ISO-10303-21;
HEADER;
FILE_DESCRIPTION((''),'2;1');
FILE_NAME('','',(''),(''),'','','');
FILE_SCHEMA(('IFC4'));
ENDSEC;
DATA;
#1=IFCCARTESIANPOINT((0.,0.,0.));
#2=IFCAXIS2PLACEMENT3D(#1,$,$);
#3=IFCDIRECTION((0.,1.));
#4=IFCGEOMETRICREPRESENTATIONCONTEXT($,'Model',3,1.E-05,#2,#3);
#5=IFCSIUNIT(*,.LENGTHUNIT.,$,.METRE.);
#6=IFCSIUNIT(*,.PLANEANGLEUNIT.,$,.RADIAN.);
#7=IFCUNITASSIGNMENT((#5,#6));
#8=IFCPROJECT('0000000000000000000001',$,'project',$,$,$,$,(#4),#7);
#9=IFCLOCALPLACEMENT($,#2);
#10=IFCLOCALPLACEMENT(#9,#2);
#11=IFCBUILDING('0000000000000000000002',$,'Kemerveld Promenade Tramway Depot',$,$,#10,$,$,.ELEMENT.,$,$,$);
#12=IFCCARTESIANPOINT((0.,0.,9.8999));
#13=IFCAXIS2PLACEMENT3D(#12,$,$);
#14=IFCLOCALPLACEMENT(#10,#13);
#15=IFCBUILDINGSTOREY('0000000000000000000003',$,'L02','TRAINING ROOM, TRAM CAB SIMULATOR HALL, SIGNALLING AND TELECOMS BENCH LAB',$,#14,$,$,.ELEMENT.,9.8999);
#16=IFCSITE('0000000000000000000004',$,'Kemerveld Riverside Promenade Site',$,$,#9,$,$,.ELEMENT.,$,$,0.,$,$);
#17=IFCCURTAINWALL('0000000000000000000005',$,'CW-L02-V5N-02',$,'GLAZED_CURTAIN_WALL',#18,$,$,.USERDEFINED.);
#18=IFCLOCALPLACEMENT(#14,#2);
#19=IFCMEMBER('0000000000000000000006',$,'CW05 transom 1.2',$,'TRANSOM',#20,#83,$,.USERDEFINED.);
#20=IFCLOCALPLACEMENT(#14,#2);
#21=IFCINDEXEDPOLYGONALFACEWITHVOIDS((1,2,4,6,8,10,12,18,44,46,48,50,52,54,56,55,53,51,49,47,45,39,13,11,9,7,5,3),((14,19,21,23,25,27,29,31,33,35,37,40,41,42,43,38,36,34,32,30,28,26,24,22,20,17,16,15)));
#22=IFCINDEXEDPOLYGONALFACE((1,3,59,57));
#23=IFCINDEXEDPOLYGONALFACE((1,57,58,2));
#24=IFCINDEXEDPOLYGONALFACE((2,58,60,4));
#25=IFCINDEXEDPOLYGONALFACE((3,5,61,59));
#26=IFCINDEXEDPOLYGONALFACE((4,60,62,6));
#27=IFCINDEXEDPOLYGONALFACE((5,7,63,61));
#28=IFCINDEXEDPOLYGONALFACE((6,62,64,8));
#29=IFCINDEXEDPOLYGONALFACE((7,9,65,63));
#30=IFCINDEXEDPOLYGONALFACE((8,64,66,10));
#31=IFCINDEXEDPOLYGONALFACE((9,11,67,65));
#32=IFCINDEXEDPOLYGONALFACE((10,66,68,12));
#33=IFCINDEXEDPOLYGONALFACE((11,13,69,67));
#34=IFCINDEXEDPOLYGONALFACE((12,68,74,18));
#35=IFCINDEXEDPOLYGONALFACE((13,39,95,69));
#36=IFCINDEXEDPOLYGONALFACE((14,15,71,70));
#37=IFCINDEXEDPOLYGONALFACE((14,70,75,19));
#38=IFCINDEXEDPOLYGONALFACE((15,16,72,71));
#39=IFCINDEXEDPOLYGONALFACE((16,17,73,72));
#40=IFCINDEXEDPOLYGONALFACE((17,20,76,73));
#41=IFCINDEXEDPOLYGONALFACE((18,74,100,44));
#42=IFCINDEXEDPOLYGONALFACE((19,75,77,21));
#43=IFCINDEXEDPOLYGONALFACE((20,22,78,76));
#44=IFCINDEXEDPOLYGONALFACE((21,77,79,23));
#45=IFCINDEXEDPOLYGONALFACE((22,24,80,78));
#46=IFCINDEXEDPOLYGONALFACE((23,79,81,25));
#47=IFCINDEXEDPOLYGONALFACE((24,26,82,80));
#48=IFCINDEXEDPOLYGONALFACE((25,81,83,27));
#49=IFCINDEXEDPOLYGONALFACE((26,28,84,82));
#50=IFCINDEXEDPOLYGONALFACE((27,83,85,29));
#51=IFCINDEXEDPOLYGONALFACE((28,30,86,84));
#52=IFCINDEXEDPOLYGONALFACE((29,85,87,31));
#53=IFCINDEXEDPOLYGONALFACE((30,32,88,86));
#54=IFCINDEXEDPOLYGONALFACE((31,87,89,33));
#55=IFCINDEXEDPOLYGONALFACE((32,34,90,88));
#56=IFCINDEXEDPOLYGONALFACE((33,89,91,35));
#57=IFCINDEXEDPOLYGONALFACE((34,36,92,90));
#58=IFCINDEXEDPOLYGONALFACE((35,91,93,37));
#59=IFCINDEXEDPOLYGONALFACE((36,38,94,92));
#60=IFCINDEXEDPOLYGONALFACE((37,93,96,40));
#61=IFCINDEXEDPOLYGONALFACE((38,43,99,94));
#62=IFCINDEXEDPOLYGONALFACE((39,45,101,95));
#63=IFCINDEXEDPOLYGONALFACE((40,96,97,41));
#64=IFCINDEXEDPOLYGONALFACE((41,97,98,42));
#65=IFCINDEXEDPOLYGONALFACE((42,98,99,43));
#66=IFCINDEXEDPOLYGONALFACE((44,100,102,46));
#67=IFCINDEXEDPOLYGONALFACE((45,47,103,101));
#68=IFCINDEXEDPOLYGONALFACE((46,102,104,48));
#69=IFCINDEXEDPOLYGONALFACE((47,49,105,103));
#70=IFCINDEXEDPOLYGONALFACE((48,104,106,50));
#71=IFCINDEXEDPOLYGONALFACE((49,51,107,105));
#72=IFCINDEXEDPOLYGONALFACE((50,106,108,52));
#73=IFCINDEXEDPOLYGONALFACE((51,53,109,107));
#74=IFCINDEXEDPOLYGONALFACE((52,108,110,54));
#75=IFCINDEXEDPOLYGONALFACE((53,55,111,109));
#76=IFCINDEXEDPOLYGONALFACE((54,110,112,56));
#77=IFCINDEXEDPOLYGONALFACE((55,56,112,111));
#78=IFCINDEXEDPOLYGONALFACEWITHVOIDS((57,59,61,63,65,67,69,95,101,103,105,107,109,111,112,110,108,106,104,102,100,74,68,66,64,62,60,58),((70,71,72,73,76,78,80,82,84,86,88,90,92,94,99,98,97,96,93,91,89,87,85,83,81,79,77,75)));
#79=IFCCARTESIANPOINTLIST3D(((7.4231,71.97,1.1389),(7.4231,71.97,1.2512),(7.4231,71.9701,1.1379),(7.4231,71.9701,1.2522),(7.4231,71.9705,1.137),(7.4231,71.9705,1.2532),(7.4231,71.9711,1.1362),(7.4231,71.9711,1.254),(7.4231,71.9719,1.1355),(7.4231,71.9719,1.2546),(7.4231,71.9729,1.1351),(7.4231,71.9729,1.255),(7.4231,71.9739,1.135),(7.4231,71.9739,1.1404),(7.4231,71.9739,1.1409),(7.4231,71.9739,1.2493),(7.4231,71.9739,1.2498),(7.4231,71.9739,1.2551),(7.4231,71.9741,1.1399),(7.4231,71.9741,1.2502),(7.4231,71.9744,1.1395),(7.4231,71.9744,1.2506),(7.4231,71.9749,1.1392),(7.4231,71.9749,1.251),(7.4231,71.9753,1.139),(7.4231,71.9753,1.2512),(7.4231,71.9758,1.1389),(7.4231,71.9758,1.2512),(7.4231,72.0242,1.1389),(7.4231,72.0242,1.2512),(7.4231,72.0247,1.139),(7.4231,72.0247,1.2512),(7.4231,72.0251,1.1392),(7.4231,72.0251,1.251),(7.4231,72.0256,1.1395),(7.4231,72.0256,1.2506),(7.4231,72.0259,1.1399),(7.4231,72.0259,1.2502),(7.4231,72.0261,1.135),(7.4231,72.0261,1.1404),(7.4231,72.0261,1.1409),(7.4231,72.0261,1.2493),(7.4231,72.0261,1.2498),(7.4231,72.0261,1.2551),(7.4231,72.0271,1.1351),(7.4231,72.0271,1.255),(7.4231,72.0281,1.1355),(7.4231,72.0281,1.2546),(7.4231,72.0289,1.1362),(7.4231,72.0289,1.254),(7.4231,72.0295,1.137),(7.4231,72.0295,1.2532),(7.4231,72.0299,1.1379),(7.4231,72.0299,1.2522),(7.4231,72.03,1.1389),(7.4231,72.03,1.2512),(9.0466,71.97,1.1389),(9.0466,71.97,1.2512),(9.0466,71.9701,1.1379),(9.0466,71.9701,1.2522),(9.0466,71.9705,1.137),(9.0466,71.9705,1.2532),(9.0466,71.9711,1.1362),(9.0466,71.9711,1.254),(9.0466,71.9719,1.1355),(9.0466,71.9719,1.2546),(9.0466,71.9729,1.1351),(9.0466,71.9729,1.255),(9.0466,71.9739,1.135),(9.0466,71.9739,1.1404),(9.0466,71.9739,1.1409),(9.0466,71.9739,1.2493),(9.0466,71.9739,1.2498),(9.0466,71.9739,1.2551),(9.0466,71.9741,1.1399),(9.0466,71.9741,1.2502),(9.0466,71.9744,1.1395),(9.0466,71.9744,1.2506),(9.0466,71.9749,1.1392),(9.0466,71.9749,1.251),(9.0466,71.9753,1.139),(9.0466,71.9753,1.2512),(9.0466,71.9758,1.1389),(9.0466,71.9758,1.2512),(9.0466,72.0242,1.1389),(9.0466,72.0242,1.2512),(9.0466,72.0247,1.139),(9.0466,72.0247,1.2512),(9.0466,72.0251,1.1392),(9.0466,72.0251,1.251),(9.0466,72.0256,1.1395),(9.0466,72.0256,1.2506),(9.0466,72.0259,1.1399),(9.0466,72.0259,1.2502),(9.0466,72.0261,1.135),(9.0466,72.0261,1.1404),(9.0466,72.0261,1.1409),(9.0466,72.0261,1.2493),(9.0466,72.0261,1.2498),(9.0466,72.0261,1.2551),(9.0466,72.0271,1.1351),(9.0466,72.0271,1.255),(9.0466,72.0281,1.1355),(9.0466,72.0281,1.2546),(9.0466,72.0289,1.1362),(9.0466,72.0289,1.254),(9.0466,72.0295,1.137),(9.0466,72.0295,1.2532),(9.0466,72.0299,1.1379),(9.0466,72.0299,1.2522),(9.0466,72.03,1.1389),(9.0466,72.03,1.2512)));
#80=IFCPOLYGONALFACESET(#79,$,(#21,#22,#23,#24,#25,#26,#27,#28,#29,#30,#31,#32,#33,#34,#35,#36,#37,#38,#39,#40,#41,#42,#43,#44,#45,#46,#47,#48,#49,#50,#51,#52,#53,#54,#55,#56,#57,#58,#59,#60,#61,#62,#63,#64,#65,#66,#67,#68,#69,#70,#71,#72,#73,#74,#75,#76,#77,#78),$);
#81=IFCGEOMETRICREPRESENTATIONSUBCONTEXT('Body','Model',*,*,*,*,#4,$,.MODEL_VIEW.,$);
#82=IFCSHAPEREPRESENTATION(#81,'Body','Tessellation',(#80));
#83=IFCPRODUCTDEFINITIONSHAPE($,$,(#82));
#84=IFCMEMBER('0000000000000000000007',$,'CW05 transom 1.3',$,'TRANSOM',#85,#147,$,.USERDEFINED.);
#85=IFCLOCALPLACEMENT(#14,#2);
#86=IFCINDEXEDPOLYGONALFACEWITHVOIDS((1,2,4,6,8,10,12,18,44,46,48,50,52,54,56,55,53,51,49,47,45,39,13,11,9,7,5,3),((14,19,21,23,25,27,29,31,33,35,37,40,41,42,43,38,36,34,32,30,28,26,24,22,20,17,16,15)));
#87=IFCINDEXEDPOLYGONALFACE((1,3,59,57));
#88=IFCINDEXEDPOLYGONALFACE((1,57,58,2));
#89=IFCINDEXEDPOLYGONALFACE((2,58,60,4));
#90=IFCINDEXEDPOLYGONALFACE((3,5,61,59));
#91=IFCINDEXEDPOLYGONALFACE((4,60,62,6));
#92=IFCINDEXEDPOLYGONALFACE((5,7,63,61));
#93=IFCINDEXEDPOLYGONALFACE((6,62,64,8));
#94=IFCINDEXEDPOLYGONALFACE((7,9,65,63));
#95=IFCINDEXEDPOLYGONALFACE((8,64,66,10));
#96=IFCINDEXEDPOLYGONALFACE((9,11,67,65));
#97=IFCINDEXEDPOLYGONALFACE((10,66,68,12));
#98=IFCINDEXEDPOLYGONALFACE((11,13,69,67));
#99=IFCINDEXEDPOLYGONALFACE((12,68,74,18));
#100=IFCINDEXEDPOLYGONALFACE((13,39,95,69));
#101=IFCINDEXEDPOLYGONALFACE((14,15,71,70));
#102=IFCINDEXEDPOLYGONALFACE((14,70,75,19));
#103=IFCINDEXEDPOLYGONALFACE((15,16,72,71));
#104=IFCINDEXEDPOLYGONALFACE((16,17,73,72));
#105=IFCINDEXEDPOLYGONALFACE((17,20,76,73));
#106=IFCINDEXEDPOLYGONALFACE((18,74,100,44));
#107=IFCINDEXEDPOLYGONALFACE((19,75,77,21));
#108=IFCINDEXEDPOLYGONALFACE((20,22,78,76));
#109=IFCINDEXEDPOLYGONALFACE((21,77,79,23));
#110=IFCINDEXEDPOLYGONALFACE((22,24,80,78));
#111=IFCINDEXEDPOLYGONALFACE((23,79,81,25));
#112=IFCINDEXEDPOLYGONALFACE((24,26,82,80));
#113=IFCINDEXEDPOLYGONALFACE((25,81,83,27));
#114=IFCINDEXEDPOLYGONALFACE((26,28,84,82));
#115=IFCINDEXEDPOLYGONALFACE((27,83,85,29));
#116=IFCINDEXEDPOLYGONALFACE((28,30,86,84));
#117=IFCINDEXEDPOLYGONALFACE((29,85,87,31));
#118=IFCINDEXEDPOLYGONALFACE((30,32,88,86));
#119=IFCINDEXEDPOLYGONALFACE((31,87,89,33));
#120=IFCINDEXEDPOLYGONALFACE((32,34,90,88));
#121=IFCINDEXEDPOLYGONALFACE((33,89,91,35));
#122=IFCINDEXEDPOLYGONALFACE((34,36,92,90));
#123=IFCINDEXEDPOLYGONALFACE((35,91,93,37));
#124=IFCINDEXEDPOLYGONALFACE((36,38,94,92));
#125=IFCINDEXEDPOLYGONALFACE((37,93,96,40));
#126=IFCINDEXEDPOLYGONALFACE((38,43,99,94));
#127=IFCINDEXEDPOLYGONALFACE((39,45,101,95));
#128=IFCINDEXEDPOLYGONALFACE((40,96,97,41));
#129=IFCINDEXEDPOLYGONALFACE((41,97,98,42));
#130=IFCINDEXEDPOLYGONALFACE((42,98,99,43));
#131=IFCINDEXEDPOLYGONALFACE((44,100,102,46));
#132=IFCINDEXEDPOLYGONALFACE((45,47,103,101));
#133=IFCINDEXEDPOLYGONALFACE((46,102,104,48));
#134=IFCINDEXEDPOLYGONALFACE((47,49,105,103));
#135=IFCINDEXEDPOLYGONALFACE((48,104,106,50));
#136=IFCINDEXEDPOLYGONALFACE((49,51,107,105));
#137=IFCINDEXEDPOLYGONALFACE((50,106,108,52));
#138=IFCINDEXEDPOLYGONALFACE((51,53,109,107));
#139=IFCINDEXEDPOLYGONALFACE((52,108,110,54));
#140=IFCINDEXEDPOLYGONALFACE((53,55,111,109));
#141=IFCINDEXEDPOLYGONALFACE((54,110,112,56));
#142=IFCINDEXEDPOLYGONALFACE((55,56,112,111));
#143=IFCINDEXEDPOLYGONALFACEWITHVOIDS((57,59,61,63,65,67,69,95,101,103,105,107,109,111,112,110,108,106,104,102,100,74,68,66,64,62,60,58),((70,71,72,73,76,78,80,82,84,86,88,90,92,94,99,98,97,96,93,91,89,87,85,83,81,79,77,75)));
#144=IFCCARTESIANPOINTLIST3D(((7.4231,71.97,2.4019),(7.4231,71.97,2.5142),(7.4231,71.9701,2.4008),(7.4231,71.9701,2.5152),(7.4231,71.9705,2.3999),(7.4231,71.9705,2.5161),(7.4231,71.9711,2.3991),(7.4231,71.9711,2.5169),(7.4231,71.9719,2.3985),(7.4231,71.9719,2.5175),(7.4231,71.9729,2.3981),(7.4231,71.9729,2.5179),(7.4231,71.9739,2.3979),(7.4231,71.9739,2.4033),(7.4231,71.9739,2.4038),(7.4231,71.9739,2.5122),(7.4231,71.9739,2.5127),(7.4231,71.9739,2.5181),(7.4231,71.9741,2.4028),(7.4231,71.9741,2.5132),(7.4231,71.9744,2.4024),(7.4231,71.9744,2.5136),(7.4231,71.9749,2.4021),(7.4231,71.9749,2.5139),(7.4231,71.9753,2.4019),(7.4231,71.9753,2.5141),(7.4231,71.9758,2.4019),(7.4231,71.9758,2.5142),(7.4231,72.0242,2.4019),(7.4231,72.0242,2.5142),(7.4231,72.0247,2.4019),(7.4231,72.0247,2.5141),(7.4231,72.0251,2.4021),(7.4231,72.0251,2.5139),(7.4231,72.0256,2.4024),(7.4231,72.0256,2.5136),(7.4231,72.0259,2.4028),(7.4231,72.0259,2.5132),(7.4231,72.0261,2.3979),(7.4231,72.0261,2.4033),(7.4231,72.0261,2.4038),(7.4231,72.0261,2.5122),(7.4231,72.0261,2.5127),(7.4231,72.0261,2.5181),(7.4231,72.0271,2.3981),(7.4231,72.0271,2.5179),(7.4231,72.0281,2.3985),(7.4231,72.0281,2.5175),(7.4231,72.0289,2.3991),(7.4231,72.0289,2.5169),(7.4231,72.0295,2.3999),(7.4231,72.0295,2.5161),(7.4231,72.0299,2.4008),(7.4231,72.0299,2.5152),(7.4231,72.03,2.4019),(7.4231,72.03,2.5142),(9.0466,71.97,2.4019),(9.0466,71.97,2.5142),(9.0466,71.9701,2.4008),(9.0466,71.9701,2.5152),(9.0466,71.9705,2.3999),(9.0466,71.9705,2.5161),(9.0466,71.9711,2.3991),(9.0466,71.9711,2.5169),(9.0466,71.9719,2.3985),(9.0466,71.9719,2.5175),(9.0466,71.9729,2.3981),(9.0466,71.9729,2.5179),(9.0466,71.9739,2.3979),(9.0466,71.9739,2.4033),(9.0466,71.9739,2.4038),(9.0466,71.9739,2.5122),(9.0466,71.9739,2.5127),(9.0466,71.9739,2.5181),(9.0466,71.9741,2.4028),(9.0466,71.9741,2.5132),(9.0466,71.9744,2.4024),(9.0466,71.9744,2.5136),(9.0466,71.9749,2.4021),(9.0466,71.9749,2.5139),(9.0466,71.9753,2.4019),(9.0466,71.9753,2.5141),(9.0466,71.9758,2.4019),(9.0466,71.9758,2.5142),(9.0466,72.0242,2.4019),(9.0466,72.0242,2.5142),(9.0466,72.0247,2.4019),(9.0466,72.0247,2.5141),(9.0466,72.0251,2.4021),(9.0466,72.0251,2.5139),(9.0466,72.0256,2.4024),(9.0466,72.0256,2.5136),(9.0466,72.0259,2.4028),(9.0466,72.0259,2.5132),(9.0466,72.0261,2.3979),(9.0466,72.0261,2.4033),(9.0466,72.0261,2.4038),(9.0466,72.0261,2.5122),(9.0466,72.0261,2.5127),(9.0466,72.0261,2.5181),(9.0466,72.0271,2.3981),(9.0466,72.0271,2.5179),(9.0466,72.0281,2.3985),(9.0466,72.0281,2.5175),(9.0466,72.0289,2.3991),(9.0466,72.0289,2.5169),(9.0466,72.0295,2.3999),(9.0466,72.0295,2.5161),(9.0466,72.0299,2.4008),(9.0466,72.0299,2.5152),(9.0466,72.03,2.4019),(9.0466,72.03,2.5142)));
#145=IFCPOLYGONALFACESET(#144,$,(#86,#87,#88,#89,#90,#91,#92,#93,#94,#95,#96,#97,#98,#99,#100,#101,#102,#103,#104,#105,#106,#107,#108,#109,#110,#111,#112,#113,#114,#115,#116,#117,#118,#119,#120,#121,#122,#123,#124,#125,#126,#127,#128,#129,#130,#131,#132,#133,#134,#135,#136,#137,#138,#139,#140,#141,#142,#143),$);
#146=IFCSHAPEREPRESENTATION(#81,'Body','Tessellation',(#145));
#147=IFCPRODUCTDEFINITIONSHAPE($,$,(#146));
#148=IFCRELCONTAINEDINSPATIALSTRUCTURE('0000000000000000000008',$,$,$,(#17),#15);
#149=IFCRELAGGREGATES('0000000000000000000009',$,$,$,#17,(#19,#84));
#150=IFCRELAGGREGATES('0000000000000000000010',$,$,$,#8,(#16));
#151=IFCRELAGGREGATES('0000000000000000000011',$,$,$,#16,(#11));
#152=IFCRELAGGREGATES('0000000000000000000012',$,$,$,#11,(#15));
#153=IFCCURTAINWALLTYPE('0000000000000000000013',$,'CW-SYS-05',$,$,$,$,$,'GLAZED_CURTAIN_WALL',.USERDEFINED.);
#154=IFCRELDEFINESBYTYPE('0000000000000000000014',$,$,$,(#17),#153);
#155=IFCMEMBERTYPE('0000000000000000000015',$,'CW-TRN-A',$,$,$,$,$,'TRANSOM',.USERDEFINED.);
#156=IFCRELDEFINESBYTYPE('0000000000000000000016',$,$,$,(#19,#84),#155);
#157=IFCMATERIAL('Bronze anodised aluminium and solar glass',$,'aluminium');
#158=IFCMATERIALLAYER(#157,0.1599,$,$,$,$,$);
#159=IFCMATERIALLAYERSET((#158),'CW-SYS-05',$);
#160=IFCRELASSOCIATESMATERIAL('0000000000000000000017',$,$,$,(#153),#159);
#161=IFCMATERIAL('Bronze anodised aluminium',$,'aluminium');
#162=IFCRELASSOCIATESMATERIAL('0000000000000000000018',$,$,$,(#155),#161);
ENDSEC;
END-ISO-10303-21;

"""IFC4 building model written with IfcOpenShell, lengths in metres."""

from ifc_helpers import new_model, si_unit, direction, frame, origin, origin_2d, place, context, subcontext, project, spatial, hollow_rectangle, extrude, material, layer, layer_set, material_profile, profile_set, type_object, element, aggregate, save


model = new_model("IFC4")

# Units and contexts
model_context = context("Model", 3, precision=1e-05, world=origin(), true_north=direction((0.0, 1.0)))
body_context = subcontext(model_context, "Body", "Model", "MODEL_VIEW")
ifc_project = project(units=[si_unit("LENGTHUNIT", "METRE"), si_unit("PLANEANGLEUNIT", "RADIAN")], contexts=[model_context])

# Site, building, storey
site_placement = place(None, origin())
site = spatial("IfcSite", under=ifc_project, at=site_placement, Name="Kemerveld Riverside Promenade Site", CompositionType="ELEMENT", RefElevation=0.0)
building_placement = place(site_placement, origin())
building = spatial("IfcBuilding", under=site, at=building_placement, Name="Kemerveld Promenade Tramway Depot", CompositionType="ELEMENT")
storey_placement = place(building_placement, frame((0.0, 0.0, 9.8999)))
storey = spatial("IfcBuildingStorey", under=building, at=storey_placement, Name="L02", Description="TRAINING ROOM, TRAM CAB SIMULATOR HALL, SIGNALLING AND TELECOMS BENCH LAB", CompositionType="ELEMENT", Elevation=9.8999)

# Curtain wall, members
ifc_material_1 = material(Name="Bronze anodised aluminium and solar glass", Category="aluminium")
ifc_layer_1 = layer(ifc_material_1, 0.1599)
ifc_layer_set_1 = layer_set([ifc_layer_1], Name="CW-SYS-05")
curtain_wall_type = type_object("IfcCurtainWallType", Name="CW-SYS-05", ElementType="GLAZED_CURTAIN_WALL", PredefinedType="USERDEFINED", material=ifc_layer_set_1)
curtain_wall_placement = place(storey_placement, origin())
curtain_wall = element("IfcCurtainWall", 1, at=curtain_wall_placement, inside=storey, type_object=curtain_wall_type, Name="CW-L02-V5N-02", ObjectType="GLAZED_CURTAIN_WALL", PredefinedType="USERDEFINED")
ifc_material_2 = material(Name="Bronze anodised aluminium", Category="aluminium")
ifc_material_profile_1 = material_profile(ifc_material_2, hollow_rectangle(XDim=0.0601, YDim=0.1201, WallThickness=0.0039, InnerFilletRadius=0.002, OuterFilletRadius=0.0039, at=origin_2d()), Name="CW-TRN-120x60")
ifc_profile_set_1 = profile_set([ifc_material_profile_1], Name="Bronze anodised aluminium")
member_type_1 = type_object("IfcMemberType", Name="CW-TRN-A", ElementType="TRANSOM", PredefinedType="USERDEFINED", material=ifc_profile_set_1)
member_1_placement = place(storey_placement, frame((7.4231, 72.0, 1.1951), z_axis=(1.0, 0.0, 0.0), x_axis=(0.0, 1.0, 0.0)))
member_1 = element("IfcMember", 2, at=member_1_placement, type_object=member_type_1, Name="CW05 transom 1.2", ObjectType="TRANSOM", PredefinedType="USERDEFINED", context=body_context, shape_type="SweptSolid", body=[
    extrude(hollow_rectangle(XDim=0.0601, YDim=0.1201, WallThickness=0.0039, InnerFilletRadius=0.002, OuterFilletRadius=0.0039, at=origin_2d()), origin(), (0.0, 0.0, 1.0), 1.6235),
])
member_2_placement = place(storey_placement, frame((7.4231, 72.0, 2.458), z_axis=(1.0, 0.0, 0.0), x_axis=(0.0, 1.0, 0.0)))
member_2 = element("IfcMember", 3, at=member_2_placement, type_object=member_type_1, Name="CW05 transom 1.3", ObjectType="TRANSOM", PredefinedType="USERDEFINED", context=body_context, shape_type="SweptSolid", body=[
    extrude(hollow_rectangle(XDim=0.0601, YDim=0.1201, WallThickness=0.0039, InnerFilletRadius=0.002, OuterFilletRadius=0.0039, at=origin_2d()), origin(), (0.0, 0.0, 1.0), 1.6235),
])
aggregate(curtain_wall, [member_1, member_2])

save(model, "model.ifc")
